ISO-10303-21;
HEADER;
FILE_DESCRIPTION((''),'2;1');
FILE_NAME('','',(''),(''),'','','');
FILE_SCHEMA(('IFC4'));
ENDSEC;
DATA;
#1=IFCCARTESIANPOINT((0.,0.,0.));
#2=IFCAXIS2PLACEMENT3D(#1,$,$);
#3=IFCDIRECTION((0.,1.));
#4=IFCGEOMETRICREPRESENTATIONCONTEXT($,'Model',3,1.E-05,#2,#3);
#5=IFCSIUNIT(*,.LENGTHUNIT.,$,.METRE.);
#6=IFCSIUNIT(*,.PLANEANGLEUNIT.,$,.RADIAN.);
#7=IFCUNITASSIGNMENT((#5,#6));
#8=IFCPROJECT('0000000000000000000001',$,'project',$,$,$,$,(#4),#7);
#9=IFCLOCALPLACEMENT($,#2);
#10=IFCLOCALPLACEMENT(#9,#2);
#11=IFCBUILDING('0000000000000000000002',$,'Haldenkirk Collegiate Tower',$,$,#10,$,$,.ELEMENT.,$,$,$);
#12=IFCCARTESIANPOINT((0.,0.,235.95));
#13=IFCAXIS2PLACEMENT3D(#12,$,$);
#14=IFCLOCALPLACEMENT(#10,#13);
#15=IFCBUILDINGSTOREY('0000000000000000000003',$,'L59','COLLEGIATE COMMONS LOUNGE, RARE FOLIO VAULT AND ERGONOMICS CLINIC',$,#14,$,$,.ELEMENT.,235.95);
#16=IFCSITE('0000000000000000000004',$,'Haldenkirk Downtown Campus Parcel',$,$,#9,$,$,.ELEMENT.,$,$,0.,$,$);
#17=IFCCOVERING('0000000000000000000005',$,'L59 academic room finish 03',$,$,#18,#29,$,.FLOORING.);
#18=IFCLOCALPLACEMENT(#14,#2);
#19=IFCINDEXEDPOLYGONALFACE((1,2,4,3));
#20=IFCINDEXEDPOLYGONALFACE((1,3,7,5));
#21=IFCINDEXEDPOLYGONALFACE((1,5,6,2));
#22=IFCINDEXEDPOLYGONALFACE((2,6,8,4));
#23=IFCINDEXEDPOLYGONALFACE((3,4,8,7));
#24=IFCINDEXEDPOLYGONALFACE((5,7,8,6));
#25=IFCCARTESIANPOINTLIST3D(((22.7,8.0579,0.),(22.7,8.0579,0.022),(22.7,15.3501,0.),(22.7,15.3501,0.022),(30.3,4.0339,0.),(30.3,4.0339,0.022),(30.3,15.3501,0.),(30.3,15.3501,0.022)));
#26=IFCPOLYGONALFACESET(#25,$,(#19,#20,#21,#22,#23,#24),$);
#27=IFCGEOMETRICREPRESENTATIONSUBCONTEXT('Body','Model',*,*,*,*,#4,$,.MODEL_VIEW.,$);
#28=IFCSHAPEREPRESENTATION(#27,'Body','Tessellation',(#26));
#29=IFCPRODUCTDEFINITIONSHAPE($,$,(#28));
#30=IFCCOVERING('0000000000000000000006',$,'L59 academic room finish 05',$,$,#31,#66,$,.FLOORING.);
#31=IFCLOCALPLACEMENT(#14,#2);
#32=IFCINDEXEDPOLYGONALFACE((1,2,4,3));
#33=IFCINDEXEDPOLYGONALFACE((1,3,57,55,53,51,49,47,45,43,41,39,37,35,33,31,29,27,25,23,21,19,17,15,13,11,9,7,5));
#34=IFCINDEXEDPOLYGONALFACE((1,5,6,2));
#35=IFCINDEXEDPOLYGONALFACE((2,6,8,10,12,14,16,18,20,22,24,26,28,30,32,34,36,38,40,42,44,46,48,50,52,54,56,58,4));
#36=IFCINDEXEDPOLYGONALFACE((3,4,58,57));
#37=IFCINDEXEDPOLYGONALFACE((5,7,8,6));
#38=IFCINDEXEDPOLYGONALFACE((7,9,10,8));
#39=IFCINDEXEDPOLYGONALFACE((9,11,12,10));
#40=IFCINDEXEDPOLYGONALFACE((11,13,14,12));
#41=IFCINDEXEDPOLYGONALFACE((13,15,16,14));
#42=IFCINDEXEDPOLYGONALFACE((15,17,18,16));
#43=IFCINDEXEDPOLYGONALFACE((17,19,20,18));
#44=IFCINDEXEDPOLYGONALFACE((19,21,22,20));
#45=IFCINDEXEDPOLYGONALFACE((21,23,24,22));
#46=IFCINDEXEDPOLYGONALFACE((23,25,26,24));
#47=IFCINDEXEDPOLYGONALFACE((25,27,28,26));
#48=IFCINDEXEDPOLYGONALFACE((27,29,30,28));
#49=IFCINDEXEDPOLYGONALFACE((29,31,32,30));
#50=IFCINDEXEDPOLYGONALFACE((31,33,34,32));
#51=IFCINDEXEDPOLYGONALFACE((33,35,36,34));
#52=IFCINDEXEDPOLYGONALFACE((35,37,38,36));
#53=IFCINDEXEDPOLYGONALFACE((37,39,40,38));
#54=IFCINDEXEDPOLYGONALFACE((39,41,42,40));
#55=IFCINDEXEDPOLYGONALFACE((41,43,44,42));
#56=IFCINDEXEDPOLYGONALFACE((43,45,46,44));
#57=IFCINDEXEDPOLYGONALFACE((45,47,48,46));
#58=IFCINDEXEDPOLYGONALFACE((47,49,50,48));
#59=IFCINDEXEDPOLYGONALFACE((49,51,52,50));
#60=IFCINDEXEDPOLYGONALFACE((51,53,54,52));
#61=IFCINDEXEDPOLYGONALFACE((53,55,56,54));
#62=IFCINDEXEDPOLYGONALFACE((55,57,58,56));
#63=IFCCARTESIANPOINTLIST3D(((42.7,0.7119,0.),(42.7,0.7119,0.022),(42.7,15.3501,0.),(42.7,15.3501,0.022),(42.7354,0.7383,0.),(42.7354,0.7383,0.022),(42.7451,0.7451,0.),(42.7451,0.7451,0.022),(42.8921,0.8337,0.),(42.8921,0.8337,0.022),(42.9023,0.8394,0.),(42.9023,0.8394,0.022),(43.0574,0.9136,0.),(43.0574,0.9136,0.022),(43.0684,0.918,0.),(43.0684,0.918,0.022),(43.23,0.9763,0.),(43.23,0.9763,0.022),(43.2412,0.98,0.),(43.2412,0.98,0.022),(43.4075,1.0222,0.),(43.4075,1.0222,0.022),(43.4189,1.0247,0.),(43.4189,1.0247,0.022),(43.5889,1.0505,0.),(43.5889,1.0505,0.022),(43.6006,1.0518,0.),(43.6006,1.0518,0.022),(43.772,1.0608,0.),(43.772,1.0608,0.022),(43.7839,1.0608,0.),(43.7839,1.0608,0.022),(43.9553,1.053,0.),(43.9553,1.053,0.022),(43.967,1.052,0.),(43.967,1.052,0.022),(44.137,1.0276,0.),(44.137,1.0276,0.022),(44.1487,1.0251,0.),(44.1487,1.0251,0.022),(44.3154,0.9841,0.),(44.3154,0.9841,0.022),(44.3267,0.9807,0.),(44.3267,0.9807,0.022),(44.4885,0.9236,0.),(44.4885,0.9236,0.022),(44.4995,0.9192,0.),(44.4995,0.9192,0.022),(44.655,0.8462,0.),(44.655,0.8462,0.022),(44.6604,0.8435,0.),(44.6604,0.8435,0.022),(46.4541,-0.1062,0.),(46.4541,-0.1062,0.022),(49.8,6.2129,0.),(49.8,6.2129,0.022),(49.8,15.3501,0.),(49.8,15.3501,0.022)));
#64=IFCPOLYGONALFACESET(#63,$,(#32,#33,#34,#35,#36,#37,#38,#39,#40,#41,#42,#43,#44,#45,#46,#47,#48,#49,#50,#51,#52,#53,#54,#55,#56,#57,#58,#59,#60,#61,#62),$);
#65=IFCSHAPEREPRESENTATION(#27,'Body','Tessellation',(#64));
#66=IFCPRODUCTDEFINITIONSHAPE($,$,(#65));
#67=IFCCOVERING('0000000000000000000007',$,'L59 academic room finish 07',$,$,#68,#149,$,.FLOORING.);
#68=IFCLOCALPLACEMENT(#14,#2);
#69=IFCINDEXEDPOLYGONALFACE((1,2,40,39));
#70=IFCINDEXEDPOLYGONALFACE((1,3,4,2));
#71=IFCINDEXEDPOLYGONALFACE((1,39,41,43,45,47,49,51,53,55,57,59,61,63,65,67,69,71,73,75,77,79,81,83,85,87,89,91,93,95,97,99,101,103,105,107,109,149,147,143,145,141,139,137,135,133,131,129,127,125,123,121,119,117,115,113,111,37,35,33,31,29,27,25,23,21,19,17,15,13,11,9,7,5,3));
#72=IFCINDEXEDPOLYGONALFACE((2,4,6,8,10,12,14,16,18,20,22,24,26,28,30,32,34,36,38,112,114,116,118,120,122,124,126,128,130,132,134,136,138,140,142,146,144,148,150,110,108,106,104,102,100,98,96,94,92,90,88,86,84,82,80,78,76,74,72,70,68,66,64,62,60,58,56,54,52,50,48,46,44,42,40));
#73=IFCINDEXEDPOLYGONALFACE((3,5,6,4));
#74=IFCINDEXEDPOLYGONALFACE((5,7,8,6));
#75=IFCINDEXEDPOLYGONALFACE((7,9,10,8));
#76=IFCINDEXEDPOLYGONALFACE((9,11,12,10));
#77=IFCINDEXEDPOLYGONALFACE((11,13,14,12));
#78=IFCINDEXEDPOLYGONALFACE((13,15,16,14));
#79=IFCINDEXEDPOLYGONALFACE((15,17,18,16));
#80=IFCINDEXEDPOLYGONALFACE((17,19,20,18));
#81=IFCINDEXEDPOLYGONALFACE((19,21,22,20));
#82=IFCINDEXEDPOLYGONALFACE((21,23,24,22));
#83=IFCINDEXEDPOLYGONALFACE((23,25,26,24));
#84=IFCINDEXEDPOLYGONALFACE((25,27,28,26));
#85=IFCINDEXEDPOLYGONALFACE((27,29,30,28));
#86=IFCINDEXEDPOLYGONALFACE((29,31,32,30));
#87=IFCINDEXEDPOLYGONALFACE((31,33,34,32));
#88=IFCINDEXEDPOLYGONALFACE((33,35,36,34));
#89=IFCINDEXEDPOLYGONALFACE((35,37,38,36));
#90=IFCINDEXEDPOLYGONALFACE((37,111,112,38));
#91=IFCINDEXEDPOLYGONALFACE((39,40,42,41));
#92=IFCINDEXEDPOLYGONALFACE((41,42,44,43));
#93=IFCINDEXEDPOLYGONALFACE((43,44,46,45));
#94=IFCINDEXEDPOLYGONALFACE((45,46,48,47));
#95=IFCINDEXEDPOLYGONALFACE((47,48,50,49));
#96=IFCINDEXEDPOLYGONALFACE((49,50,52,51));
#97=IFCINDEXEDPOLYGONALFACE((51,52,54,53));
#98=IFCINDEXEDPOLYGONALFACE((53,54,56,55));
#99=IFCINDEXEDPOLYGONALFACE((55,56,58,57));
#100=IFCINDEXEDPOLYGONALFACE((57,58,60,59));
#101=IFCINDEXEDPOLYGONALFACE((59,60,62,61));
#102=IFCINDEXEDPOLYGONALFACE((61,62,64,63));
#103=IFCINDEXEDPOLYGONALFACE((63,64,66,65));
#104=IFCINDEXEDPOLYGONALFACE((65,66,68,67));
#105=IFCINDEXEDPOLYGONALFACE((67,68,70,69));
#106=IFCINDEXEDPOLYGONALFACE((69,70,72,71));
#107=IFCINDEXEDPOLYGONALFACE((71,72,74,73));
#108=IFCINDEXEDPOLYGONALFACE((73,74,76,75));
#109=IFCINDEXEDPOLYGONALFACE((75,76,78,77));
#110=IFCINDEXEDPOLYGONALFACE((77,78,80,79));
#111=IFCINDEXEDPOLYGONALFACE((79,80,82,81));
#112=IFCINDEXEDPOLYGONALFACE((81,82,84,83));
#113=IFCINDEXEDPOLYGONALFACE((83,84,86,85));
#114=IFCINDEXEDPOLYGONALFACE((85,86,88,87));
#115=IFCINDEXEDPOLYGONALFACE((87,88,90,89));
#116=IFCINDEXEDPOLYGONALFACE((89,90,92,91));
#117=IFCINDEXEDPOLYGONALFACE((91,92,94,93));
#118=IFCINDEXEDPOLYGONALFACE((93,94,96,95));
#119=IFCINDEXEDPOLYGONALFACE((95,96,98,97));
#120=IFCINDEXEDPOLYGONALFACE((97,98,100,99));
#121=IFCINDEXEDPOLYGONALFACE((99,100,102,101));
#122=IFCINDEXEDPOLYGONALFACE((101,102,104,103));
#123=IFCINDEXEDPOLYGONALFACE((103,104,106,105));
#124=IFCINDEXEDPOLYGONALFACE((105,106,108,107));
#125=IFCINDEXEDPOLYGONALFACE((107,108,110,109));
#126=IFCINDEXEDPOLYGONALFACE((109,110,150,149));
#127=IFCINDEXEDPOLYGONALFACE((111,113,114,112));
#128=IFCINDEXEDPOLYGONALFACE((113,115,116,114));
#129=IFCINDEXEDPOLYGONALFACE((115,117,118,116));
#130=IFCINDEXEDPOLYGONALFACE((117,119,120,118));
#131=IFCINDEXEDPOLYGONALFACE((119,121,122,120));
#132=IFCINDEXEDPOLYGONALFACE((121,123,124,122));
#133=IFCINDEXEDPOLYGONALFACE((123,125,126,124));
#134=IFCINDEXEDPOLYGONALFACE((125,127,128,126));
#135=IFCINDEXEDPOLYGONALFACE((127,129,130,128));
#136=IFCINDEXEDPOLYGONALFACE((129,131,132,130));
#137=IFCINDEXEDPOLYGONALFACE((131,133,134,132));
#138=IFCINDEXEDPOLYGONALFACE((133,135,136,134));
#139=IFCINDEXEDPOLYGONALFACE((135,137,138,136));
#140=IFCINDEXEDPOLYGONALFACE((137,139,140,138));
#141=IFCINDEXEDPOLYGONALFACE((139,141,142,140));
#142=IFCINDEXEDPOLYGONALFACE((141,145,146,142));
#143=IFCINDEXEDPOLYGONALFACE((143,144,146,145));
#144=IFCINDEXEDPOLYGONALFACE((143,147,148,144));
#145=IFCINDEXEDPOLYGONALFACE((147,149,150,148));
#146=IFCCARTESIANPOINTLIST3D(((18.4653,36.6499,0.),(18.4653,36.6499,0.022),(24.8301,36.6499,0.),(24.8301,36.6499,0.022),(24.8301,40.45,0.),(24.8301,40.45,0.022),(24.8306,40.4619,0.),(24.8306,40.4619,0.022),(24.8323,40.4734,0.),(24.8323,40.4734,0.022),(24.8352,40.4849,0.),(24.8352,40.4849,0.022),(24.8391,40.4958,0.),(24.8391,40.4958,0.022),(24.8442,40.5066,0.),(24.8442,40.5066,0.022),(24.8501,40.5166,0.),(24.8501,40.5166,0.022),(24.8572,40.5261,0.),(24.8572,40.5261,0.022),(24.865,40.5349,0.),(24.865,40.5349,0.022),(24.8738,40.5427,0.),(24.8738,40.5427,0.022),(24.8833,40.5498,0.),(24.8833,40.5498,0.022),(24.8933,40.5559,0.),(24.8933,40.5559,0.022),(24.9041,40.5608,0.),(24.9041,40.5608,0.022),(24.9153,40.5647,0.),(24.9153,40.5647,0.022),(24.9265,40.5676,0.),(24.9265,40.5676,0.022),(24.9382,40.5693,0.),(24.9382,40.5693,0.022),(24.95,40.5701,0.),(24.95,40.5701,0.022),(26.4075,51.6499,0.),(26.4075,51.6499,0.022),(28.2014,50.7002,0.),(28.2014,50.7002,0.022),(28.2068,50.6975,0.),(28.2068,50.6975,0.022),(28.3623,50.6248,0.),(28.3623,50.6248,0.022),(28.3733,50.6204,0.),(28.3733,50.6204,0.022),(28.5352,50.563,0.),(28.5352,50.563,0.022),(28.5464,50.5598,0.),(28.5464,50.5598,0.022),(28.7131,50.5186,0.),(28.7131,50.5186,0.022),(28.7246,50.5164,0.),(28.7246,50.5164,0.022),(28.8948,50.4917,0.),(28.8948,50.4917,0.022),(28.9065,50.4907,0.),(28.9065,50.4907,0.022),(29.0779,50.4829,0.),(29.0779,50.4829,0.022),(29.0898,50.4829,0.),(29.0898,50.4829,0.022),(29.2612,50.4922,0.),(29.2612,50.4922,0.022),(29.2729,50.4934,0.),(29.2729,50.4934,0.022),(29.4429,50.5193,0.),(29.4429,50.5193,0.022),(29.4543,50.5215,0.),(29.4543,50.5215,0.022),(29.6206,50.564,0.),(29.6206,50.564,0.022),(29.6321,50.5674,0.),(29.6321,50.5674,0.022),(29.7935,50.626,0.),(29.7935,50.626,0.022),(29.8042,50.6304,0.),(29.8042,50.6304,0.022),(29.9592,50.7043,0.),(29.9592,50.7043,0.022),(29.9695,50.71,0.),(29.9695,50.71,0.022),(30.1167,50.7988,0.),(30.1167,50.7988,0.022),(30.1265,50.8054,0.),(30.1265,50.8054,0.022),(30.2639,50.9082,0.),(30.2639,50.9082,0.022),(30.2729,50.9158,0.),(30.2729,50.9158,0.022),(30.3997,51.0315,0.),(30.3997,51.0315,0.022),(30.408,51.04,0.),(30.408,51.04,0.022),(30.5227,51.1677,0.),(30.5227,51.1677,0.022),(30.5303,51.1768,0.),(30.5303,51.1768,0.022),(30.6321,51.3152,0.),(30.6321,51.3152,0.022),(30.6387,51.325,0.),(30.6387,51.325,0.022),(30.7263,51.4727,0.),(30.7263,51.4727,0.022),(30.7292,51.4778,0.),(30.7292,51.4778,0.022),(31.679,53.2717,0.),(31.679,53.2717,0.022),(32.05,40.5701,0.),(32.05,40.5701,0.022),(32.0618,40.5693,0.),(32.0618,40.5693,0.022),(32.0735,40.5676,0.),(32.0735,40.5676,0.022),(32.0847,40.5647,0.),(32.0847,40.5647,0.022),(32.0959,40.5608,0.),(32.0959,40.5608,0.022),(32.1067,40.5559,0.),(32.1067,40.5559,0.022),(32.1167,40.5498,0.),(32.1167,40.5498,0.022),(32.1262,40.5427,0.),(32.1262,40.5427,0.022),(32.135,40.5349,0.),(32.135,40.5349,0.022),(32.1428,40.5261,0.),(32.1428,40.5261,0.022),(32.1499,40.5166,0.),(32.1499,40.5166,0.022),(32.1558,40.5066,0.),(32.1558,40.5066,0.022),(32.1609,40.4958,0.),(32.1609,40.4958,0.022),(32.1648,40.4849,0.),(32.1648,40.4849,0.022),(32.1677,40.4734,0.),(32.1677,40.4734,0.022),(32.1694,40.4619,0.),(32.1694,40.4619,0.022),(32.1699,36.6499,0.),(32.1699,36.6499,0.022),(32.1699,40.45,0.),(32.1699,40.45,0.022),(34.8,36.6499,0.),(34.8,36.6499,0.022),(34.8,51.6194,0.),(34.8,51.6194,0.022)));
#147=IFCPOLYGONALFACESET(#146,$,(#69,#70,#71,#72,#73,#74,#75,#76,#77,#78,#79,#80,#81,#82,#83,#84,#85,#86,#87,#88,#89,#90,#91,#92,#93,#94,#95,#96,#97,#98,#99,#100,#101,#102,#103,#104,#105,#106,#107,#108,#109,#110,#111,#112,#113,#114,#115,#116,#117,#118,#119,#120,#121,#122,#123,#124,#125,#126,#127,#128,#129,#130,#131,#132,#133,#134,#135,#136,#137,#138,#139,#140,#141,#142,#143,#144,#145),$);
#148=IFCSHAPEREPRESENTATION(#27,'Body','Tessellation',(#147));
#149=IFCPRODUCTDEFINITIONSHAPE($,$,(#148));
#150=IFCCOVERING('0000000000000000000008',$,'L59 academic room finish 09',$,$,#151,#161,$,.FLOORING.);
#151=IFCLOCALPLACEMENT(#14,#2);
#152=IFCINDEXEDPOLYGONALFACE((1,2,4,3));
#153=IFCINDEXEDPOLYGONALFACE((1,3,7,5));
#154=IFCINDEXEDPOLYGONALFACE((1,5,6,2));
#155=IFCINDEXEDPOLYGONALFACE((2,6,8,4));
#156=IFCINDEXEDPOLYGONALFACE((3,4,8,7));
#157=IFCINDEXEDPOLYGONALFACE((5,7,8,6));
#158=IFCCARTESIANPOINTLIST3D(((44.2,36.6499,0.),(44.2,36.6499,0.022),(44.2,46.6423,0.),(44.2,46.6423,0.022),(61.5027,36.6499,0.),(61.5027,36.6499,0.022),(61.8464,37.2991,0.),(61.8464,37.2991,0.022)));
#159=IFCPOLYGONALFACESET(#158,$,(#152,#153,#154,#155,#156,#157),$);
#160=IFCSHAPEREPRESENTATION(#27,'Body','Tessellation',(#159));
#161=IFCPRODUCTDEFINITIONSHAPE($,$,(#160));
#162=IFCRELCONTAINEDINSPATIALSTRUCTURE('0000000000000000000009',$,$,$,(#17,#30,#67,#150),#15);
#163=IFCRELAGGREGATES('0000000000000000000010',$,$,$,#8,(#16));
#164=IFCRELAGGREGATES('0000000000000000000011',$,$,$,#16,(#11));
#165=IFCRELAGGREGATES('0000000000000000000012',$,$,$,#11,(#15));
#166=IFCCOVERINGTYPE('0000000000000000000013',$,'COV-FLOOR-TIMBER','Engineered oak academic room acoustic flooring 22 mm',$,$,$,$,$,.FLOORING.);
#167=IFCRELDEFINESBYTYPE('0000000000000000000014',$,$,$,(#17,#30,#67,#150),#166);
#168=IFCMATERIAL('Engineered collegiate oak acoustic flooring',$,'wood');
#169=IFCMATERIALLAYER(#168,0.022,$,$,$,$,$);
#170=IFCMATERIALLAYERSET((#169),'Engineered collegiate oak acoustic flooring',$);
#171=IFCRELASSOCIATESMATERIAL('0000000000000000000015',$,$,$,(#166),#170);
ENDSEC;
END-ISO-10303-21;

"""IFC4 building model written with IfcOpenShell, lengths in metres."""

from ifc_helpers import new_model, si_unit, direction, frame, origin, place, context, subcontext, project, spatial, polyline, outline, extrude, material, layer, layer_set, type_object, element, save


model = new_model("IFC4")

# Units and contexts
model_context = context("Model", 3, precision=1e-05, world=origin(), true_north=direction((0.0, 1.0)))
body_context = subcontext(model_context, "Body", "Model", "MODEL_VIEW")
ifc_project = project(units=[si_unit("LENGTHUNIT", "METRE"), si_unit("PLANEANGLEUNIT", "RADIAN")], contexts=[model_context])

# Site, building, storey
site_placement = place(None, origin())
site = spatial("IfcSite", under=ifc_project, at=site_placement, Name="Haldenkirk Downtown Campus Parcel", CompositionType="ELEMENT", RefElevation=0.0)
building_placement = place(site_placement, origin())
building = spatial("IfcBuilding", under=site, at=building_placement, Name="Haldenkirk Collegiate Tower", CompositionType="ELEMENT")
storey_placement = place(building_placement, frame((0.0, 0.0, 235.95)))
storey = spatial("IfcBuildingStorey", under=building, at=storey_placement, Name="L59", Description="COLLEGIATE COMMONS LOUNGE, RARE FOLIO VAULT AND ERGONOMICS CLINIC", CompositionType="ELEMENT", Elevation=235.95)

# Coverings
ifc_material_1 = material(Name="Engineered collegiate oak acoustic flooring", Category="wood")
ifc_layer_1 = layer(ifc_material_1, 0.022)
ifc_layer_set_1 = layer_set([ifc_layer_1], Name="Engineered collegiate oak acoustic flooring")
covering_type_1 = type_object("IfcCoveringType", Name="COV-FLOOR-TIMBER", Description="Engineered oak academic room acoustic flooring 22 mm", PredefinedType="FLOORING", material=ifc_layer_set_1)
covering_1_placement = place(storey_placement, origin())
element("IfcCovering", 1, at=covering_1_placement, inside=storey, type_object=covering_type_1, Name="L59 academic room finish 03", PredefinedType="FLOORING", context=body_context, shape_type="SweptSolid", body=[
    extrude(outline(polyline([(22.7, 8.0579), (22.7, 15.3501), (30.3, 15.3501), (30.3, 4.0339), (22.7, 8.0579)])), origin(), (0.0, 0.0, 1.0), 0.022),
])
covering_2_placement = place(storey_placement, origin())
element("IfcCovering", 2, at=covering_2_placement, inside=storey, type_object=covering_type_1, Name="L59 academic room finish 05", PredefinedType="FLOORING", context=body_context, shape_type="SweptSolid", body=[
    extrude(outline(polyline([(42.7, 0.7119), (42.7, 15.3501), (49.8, 15.3501), (49.8, 6.2129), (46.4541, -0.1062), (44.6604, 0.8435), (44.655, 0.8462), (44.4995, 0.9192), (44.4885, 0.9236), (44.3267, 0.9807), (44.3154, 0.9841), (44.1487, 1.0251), (44.137, 1.0276), (43.967, 1.052), (43.9553, 1.053), (43.7839, 1.0608), (43.772, 1.0608), (43.6006, 1.0518), (43.5889, 1.0505), (43.4189, 1.0247), (43.4075, 1.0222), (43.2412, 0.98), (43.23, 0.9763), (43.0684, 0.918), (43.0574, 0.9136), (42.9023, 0.8394), (42.8921, 0.8337), (42.7451, 0.7451), (42.7354, 0.7383), (42.7, 0.7119)])), origin(), (0.0, 0.0, 1.0), 0.022),
])
covering_3_placement = place(storey_placement, origin())
element("IfcCovering", 3, at=covering_3_placement, inside=storey, type_object=covering_type_1, Name="L59 academic room finish 07", PredefinedType="FLOORING", context=body_context, shape_type="SweptSolid", body=[
    extrude(outline(polyline([(32.1699, 40.45), (32.1694, 40.4619), (32.1677, 40.4734), (32.1648, 40.4849), (32.1609, 40.4958), (32.1558, 40.5066), (32.1499, 40.5166), (32.1428, 40.5261), (32.135, 40.5349), (32.1262, 40.5427), (32.1167, 40.5498), (32.1067, 40.5559), (32.0959, 40.5608), (32.0847, 40.5647), (32.0735, 40.5676), (32.0618, 40.5693), (32.05, 40.5701), (24.95, 40.5701), (24.9382, 40.5693), (24.9265, 40.5676), (24.9153, 40.5647), (24.9041, 40.5608), (24.8933, 40.5559), (24.8833, 40.5498), (24.8738, 40.5427), (24.865, 40.5349), (24.8572, 40.5261), (24.8501, 40.5166), (24.8442, 40.5066), (24.8391, 40.4958), (24.8352, 40.4849), (24.8323, 40.4734), (24.8306, 40.4619), (24.8301, 40.45), (24.8301, 36.6499), (18.4653, 36.6499), (26.4075, 51.6499), (28.2014, 50.7002), (28.2068, 50.6975), (28.3623, 50.6248), (28.3733, 50.6204), (28.5352, 50.563), (28.5464, 50.5598), (28.7131, 50.5186), (28.7246, 50.5164), (28.8948, 50.4917), (28.9065, 50.4907), (29.0779, 50.4829), (29.0898, 50.4829), (29.2612, 50.4922), (29.2729, 50.4934), (29.4429, 50.5193), (29.4543, 50.5215), (29.6206, 50.564), (29.6321, 50.5674), (29.7935, 50.626), (29.8042, 50.6304), (29.9592, 50.7043), (29.9695, 50.71), (30.1167, 50.7988), (30.1265, 50.8054), (30.2639, 50.9082), (30.2729, 50.9158), (30.3997, 51.0315), (30.408, 51.04), (30.5227, 51.1677), (30.5303, 51.1768), (30.6321, 51.3152), (30.6387, 51.325), (30.7263, 51.4727), (30.7292, 51.4778), (31.679, 53.2717), (34.8, 51.6194), (34.8, 36.6499), (32.1699, 36.6499), (32.1699, 40.45)])), origin(), (0.0, 0.0, 1.0), 0.022),
])
covering_4_placement = place(storey_placement, origin())
element("IfcCovering", 4, at=covering_4_placement, inside=storey, type_object=covering_type_1, Name="L59 academic room finish 09", PredefinedType="FLOORING", context=body_context, shape_type="SweptSolid", body=[
    extrude(outline(polyline([(61.8464, 37.2991), (61.5027, 36.6499), (44.2, 36.6499), (44.2, 46.6423), (61.8464, 37.2991)])), origin(), (0.0, 0.0, 1.0), 0.022),
])

save(model, "model.ifc")
